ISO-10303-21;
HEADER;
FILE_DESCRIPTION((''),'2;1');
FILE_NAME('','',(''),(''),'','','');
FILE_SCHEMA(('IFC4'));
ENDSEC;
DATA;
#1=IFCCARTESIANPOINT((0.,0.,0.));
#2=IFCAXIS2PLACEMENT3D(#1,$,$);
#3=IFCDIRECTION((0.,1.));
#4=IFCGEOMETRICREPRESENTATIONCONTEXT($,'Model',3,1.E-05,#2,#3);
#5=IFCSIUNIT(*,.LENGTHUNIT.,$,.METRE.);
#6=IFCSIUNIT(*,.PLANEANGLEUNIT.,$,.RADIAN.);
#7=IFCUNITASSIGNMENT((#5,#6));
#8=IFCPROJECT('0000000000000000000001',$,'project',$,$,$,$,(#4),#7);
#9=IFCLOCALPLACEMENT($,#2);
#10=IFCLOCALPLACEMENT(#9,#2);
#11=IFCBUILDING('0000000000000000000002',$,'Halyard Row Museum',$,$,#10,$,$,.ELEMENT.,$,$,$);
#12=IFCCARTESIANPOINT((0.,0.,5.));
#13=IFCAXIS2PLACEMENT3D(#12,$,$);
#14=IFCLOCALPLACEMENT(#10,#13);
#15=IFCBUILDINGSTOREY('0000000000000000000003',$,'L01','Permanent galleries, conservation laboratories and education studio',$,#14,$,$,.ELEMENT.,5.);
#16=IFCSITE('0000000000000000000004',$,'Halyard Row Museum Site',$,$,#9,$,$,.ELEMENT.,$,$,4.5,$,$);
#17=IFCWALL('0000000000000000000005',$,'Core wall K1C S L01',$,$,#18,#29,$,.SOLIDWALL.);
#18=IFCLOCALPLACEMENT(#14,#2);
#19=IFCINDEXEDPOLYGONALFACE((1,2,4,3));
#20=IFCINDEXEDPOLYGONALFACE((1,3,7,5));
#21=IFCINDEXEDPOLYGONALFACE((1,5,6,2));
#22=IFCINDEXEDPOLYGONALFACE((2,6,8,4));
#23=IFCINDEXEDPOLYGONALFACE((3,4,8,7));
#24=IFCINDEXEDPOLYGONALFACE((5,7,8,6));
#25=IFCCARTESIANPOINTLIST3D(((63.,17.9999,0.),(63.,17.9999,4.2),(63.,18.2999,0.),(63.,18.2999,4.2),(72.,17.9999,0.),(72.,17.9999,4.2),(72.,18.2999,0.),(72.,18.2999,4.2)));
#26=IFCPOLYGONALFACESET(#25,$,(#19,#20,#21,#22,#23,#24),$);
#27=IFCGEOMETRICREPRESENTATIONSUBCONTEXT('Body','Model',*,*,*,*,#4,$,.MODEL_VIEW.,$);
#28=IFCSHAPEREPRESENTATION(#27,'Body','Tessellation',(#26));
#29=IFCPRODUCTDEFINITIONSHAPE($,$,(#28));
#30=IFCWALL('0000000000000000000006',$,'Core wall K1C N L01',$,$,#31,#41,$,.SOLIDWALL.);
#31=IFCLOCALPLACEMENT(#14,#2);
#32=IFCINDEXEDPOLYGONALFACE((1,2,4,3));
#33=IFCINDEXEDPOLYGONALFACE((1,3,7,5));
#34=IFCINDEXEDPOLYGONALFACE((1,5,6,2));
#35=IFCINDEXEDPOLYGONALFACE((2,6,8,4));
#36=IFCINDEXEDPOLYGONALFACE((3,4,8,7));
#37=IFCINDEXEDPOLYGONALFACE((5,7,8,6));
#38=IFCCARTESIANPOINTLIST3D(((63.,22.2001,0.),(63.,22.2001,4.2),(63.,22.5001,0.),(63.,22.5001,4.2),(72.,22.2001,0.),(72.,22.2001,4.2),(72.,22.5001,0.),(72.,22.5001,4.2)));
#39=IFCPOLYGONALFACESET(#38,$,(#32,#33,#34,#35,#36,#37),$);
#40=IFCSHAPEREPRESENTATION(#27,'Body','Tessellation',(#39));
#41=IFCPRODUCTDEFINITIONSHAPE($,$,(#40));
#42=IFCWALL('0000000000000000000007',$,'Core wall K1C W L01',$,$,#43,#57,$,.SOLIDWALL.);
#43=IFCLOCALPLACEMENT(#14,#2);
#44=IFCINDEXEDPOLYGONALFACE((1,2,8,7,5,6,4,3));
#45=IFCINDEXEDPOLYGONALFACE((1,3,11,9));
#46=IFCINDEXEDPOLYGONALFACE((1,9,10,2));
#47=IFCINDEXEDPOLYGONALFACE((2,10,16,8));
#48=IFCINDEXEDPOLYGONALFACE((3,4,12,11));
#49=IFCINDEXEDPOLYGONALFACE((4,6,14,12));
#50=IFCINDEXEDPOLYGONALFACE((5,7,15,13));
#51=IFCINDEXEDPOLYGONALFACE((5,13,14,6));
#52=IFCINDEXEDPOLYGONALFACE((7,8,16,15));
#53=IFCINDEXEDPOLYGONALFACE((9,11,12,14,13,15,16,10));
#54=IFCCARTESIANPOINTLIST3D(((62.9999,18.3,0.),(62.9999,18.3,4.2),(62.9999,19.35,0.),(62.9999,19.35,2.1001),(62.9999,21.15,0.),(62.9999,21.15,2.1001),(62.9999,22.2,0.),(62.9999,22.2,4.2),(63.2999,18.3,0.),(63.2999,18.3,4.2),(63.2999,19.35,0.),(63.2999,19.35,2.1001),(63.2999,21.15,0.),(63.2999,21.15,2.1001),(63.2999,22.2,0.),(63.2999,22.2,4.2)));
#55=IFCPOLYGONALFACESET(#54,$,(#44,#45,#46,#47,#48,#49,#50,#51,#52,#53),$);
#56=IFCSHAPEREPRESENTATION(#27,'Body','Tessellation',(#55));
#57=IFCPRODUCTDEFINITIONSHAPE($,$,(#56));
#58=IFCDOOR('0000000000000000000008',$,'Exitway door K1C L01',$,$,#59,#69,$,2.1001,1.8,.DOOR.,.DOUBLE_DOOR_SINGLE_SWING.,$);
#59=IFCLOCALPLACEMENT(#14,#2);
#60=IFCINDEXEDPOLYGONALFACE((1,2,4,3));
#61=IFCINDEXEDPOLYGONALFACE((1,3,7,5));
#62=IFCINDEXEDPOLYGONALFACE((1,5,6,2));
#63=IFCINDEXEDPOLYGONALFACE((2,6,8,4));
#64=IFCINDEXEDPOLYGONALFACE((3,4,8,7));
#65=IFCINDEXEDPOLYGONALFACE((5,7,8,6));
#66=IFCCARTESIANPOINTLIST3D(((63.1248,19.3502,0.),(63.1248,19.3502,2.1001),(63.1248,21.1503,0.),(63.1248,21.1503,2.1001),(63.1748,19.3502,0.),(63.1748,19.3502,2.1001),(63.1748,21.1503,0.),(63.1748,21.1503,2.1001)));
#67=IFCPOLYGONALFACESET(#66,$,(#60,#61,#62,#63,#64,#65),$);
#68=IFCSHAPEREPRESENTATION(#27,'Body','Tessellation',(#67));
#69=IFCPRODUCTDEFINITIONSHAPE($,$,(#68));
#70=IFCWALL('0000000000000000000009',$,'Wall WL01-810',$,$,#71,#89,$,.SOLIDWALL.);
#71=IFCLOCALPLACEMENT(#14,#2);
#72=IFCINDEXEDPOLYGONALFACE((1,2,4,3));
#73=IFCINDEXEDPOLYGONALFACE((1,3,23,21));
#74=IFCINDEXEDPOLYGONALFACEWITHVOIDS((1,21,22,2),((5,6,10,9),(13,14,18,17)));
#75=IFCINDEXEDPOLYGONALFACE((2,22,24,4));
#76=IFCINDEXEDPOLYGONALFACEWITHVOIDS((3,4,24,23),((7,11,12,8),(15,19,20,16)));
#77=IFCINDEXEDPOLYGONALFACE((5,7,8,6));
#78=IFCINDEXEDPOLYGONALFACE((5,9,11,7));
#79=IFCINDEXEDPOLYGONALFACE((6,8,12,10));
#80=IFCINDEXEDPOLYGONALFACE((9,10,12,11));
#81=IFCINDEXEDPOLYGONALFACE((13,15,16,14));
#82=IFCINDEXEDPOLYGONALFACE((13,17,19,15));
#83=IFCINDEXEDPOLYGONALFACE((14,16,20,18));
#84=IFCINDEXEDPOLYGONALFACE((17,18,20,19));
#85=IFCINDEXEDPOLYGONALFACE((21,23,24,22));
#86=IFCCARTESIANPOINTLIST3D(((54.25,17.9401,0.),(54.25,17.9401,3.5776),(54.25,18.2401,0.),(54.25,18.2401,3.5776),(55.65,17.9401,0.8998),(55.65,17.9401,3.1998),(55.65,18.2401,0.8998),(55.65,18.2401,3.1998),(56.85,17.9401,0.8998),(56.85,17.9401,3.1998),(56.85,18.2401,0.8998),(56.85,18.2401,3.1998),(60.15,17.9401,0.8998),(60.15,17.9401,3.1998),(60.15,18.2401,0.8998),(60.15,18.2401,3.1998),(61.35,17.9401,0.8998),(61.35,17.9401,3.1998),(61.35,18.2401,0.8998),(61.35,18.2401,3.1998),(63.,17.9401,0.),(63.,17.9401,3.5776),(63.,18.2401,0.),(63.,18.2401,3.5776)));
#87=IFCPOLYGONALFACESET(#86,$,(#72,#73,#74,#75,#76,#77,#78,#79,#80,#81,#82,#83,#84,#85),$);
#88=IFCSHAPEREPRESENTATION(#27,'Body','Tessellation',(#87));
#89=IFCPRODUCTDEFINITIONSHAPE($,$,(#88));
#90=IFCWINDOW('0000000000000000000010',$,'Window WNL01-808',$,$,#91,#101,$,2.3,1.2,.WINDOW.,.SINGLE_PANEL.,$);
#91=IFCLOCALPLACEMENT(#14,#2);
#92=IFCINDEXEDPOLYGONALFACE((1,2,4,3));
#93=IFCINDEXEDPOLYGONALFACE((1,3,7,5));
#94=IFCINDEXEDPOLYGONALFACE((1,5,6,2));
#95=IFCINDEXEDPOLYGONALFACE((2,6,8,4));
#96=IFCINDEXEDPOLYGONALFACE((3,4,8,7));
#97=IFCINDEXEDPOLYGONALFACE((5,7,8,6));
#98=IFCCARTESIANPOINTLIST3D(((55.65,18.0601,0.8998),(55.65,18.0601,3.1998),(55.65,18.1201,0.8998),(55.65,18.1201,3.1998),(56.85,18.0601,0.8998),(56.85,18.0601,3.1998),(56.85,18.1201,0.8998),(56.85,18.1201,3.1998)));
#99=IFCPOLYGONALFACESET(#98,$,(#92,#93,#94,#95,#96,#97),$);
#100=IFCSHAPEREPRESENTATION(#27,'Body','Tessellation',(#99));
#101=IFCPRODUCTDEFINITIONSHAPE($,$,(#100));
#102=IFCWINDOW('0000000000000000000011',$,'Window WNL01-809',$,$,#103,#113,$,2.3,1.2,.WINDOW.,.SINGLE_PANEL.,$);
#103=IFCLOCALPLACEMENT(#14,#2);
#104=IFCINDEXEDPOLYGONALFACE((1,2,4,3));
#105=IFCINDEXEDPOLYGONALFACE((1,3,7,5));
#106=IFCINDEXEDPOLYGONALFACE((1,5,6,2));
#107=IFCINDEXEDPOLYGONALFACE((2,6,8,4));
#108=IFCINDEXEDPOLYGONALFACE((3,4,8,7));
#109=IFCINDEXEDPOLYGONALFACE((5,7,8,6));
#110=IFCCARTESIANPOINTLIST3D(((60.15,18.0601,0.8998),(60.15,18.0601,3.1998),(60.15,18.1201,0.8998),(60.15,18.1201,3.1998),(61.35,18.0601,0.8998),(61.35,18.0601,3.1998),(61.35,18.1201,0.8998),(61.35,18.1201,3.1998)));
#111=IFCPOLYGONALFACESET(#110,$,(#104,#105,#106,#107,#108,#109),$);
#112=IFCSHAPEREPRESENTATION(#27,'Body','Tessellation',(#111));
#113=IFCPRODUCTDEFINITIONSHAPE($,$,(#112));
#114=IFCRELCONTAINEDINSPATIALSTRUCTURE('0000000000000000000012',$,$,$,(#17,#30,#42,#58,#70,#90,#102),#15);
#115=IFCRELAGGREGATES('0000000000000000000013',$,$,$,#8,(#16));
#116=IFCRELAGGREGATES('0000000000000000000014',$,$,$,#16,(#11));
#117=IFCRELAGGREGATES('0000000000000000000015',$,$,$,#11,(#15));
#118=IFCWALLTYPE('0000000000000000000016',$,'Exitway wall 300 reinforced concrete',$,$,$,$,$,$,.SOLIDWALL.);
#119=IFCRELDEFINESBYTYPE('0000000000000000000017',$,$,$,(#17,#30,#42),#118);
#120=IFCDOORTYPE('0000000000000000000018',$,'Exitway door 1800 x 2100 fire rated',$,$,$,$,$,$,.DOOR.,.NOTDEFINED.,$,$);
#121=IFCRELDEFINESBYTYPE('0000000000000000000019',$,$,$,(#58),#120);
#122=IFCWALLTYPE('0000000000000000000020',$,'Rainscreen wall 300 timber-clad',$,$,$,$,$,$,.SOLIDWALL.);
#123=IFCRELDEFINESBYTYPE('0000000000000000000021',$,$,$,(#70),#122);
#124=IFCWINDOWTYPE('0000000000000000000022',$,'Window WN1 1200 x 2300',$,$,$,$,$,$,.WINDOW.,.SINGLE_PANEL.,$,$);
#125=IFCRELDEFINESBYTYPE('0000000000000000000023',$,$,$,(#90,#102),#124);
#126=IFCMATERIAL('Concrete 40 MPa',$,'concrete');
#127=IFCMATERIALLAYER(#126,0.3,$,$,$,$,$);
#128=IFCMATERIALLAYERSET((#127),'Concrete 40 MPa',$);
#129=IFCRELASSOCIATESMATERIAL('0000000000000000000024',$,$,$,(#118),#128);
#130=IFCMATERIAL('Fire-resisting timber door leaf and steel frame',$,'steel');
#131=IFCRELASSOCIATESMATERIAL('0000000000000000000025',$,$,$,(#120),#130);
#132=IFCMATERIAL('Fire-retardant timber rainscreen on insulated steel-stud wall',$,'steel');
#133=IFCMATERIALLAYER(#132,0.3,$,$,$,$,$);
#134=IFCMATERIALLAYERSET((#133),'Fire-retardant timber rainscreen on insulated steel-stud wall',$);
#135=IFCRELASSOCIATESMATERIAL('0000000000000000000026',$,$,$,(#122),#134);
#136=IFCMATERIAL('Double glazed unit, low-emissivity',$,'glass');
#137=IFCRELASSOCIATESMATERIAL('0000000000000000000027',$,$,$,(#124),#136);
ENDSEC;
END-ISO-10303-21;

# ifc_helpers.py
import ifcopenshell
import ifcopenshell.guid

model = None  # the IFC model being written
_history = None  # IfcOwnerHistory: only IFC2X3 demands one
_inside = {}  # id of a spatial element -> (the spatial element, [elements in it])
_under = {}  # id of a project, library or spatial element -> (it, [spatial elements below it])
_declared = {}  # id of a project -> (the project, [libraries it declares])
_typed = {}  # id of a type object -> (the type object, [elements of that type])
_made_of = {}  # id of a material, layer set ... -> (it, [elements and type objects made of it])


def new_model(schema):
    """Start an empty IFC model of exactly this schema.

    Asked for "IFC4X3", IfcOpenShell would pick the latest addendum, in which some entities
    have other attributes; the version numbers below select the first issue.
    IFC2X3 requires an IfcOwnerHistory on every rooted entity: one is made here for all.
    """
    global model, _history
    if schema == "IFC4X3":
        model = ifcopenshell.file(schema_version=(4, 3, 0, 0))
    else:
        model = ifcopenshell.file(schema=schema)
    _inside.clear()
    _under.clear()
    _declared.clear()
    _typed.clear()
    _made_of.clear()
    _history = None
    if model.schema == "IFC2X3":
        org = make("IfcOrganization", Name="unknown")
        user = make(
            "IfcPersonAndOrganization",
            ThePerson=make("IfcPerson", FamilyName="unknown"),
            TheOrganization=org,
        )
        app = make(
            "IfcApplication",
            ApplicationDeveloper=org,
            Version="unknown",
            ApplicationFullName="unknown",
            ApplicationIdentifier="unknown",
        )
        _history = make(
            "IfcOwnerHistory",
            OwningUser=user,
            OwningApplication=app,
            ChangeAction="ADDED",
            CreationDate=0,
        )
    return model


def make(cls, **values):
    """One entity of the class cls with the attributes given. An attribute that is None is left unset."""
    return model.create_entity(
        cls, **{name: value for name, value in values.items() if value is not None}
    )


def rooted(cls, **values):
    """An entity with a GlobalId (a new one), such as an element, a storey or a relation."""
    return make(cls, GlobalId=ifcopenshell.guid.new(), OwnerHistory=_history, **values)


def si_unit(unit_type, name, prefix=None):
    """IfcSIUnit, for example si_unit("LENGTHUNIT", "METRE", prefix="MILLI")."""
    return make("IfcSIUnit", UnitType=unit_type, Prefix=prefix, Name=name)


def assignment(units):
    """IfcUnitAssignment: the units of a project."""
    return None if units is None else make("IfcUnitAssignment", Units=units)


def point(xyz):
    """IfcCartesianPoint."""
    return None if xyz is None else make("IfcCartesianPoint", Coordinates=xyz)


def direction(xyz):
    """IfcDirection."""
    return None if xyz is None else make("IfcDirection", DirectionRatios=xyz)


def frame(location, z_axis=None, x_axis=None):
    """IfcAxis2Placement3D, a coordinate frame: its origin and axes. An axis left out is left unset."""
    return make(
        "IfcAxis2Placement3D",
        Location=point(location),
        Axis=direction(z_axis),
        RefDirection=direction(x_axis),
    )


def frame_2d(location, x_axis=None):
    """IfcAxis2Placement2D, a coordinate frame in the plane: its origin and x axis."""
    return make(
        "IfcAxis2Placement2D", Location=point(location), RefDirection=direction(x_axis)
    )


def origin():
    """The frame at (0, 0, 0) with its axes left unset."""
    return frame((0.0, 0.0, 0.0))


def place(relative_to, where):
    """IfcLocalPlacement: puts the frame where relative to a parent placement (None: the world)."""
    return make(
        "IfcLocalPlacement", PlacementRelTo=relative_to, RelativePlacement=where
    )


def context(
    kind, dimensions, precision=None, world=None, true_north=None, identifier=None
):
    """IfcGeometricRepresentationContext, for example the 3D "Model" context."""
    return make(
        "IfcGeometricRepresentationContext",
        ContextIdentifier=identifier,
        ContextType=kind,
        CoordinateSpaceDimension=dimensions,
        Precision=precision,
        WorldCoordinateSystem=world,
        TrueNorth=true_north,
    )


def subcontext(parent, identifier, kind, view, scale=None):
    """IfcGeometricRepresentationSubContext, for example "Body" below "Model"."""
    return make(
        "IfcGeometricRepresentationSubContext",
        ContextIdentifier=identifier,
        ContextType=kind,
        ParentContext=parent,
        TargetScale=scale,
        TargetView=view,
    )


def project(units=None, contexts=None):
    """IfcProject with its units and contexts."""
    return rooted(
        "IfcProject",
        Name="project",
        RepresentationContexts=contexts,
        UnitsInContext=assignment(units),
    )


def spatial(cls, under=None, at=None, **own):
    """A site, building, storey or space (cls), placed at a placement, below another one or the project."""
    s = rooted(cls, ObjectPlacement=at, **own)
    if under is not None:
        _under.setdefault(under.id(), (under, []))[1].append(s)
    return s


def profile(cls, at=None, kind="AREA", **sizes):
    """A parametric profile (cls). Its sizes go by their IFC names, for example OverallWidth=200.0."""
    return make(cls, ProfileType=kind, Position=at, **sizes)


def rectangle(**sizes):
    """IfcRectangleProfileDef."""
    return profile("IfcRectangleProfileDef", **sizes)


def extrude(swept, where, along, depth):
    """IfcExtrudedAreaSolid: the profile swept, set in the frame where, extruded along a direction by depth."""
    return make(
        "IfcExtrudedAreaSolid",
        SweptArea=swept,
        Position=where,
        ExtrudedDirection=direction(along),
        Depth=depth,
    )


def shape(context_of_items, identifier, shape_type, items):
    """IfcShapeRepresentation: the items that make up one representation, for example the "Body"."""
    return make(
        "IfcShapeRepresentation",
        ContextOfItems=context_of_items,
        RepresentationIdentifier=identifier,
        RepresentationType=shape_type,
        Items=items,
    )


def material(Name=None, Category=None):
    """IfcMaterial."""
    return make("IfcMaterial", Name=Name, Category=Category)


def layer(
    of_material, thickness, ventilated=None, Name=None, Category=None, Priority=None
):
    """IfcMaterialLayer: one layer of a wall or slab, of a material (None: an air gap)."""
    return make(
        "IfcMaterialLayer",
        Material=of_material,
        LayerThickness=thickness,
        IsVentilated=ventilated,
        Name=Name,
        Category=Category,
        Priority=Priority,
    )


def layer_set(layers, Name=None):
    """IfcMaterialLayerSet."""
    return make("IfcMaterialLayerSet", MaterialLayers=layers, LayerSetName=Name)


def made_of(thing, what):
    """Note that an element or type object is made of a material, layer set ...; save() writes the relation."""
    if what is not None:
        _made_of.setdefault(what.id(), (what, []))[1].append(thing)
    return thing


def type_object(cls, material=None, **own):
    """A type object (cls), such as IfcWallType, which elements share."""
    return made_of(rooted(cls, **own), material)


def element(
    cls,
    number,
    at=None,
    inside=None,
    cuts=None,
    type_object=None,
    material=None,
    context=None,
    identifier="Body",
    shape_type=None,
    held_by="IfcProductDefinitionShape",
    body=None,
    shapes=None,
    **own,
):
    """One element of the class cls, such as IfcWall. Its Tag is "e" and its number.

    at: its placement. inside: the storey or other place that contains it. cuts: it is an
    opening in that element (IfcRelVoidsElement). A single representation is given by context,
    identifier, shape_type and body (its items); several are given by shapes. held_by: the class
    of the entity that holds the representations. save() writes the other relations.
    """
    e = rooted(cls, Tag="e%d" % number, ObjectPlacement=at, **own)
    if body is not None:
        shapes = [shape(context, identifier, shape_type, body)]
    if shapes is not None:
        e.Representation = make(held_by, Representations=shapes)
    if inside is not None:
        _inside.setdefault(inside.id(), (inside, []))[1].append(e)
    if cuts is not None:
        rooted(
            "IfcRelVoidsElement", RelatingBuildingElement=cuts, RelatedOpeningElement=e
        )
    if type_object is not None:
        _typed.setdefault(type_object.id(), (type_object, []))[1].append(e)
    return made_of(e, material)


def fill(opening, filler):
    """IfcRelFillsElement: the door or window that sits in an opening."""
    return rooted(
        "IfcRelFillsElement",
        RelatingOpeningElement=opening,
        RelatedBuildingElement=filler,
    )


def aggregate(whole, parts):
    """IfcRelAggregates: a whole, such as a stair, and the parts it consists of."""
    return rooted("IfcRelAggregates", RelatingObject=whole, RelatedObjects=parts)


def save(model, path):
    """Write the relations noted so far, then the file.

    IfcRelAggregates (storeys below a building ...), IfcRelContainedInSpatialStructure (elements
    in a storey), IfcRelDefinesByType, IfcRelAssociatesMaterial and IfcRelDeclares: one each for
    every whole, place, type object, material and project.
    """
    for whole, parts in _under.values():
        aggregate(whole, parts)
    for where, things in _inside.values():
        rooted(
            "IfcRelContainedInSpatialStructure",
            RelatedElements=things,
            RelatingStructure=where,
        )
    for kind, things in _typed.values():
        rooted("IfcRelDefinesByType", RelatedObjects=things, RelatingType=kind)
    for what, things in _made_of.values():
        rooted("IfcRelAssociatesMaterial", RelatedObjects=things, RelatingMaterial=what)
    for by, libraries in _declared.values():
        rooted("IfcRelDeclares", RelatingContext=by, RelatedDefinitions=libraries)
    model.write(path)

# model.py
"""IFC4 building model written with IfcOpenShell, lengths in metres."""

from ifc_helpers import new_model, si_unit, direction, frame, frame_2d, origin, place, context, subcontext, project, spatial, rectangle, extrude, material, layer, layer_set, type_object, element, fill, save


model = new_model("IFC4")

# Units and contexts
model_context = context("Model", 3, precision=1e-05, world=origin(), true_north=direction((0.0, 1.0)))
body_context = subcontext(model_context, "Body", "Model", "MODEL_VIEW")
ifc_project = project(units=[si_unit("LENGTHUNIT", "METRE"), si_unit("PLANEANGLEUNIT", "RADIAN")], contexts=[model_context])

# Site, building, storey
site_placement = place(None, origin())
site = spatial("IfcSite", under=ifc_project, at=site_placement, Name="Halyard Row Museum Site", CompositionType="ELEMENT", RefElevation=4.5)
building_placement = place(site_placement, origin())
building = spatial("IfcBuilding", under=site, at=building_placement, Name="Halyard Row Museum", CompositionType="ELEMENT")
storey_placement = place(building_placement, frame((0.0, 0.0, 5.0)))
storey = spatial("IfcBuildingStorey", under=building, at=storey_placement, Name="L01", Description="Permanent galleries, conservation laboratories and education studio", CompositionType="ELEMENT", Elevation=5.0)

# Walls
ifc_material_1 = material(Name="Concrete 40 MPa", Category="concrete")
ifc_layer_1 = layer(ifc_material_1, 0.3)
ifc_layer_set_1 = layer_set([ifc_layer_1], Name="Concrete 40 MPa")
wall_type_1 = type_object("IfcWallType", Name="Exitway wall 300 reinforced concrete", PredefinedType="SOLIDWALL", material=ifc_layer_set_1)
for number, where, z_axis, x_axis, name in (
    (1, (63.0, 18.1499, 0.0), (0.0, 0.0, 1.0), (1.0, 0.0, 0.0), "Core wall K1C S L01"),
    (2, (63.0, 22.3501, 0.0), (0.0, 0.0, 1.0), (1.0, 0.0, 0.0), "Core wall K1C N L01"),
):
    element("IfcWall", number, at=place(storey_placement, frame(where, z_axis=z_axis, x_axis=x_axis)), inside=storey, type_object=wall_type_1, Name=name, PredefinedType="SOLIDWALL", context=body_context, shape_type="SweptSolid", body=[
        extrude(rectangle(XDim=9.0, YDim=0.3, at=frame_2d((4.5, 0.0))), origin(), (0.0, 0.0, 1.0), 4.2),
    ])

# Wall, opening, door
wall_1_placement = place(storey_placement, frame((63.1499, 18.3, 0.0), z_axis=(0.0, 0.0, 1.0), x_axis=(0.0, 1.0, 0.0)))
wall_1 = element("IfcWall", 3, at=wall_1_placement, inside=storey, type_object=wall_type_1, Name="Core wall K1C W L01", PredefinedType="SOLIDWALL", context=body_context, shape_type="SweptSolid", body=[
    extrude(rectangle(XDim=3.8999, YDim=0.3, at=frame_2d((1.95, 0.0))), origin(), (0.0, 0.0, 1.0), 4.2),
])
opening_1_placement = place(wall_1_placement, frame((1.05, 0.0, 0.0)))
opening_1 = element("IfcOpeningElement", 4, at=opening_1_placement, cuts=wall_1, PredefinedType="OPENING", context=body_context, shape_type="SweptSolid", body=[
    extrude(rectangle(XDim=1.8, YDim=2.1001, at=frame_2d((0.8999, 1.05))), frame((0.0, 0.1599, 0.0), z_axis=(0.0, -1.0, 0.0), x_axis=(1.0, 0.0, 0.0)), (0.0, 0.0, 1.0), 0.3201),
])
ifc_material_2 = material(Name="Fire-resisting timber door leaf and steel frame", Category="steel")
door_type = type_object("IfcDoorType", Name="Exitway door 1800 x 2100 fire rated", OperationType="NOTDEFINED", PredefinedType="DOOR", material=ifc_material_2)
door_placement = place(opening_1_placement, frame((1.8, 0.0, 0.0), z_axis=(0.0, 0.0, 1.0), x_axis=(-1.0, 0.0, 0.0)))
door = element("IfcDoor", 5, at=door_placement, inside=storey, type_object=door_type, Name="Exitway door K1C L01", OperationType="DOUBLE_DOOR_SINGLE_SWING", OverallHeight=2.1001, OverallWidth=1.8, PredefinedType="DOOR", context=body_context, shape_type="SweptSolid", body=[
    extrude(rectangle(XDim=1.8, YDim=2.1001, at=frame_2d((0.8999, 1.05))), frame((0.0, 0.0249, 0.0), z_axis=(0.0, -1.0, 0.0), x_axis=(1.0, 0.0, 0.0)), (0.0, 0.0, 1.0), 0.05),
])
fill(opening_1, door)

# Wall, openings, windows
ifc_material_3 = material(Name="Fire-retardant timber rainscreen on insulated steel-stud wall", Category="steel")
ifc_layer_2 = layer(ifc_material_3, 0.3)
ifc_layer_set_2 = layer_set([ifc_layer_2], Name="Fire-retardant timber rainscreen on insulated steel-stud wall")
wall_type_2 = type_object("IfcWallType", Name="Rainscreen wall 300 timber-clad", PredefinedType="SOLIDWALL", material=ifc_layer_set_2)
wall_2_placement = place(storey_placement, frame((54.25, 18.0901, 0.0), z_axis=(0.0, 0.0, 1.0), x_axis=(1.0, 0.0, 0.0)))
wall_2 = element("IfcWall", 6, at=wall_2_placement, inside=storey, type_object=wall_type_2, Name="Wall WL01-810", PredefinedType="SOLIDWALL", context=body_context, shape_type="SweptSolid", body=[
    extrude(rectangle(XDim=8.75, YDim=0.3, at=frame_2d((4.375, 0.0))), origin(), (0.0, 0.0, 1.0), 3.5776),
])
opening_2_placement = place(wall_2_placement, frame((1.3999, 0.0, 0.8999)))
opening_2 = element("IfcOpeningElement", 7, at=opening_2_placement, cuts=wall_2, PredefinedType="OPENING", context=body_context, shape_type="SweptSolid", body=[
    extrude(rectangle(XDim=1.2, YDim=2.3, at=frame_2d((0.6001, 1.1499))), frame((0.0, 0.1599, 0.0), z_axis=(0.0, -1.0, 0.0), x_axis=(1.0, 0.0, 0.0)), (0.0, 0.0, 1.0), 0.3201),
])
opening_3_placement = place(wall_2_placement, frame((5.8999, 0.0, 0.8999)))
opening_3 = element("IfcOpeningElement", 8, at=opening_3_placement, cuts=wall_2, PredefinedType="OPENING", context=body_context, shape_type="SweptSolid", body=[
    extrude(rectangle(XDim=1.2, YDim=2.3, at=frame_2d((0.6001, 1.1499))), frame((0.0, 0.1599, 0.0), z_axis=(0.0, -1.0, 0.0), x_axis=(1.0, 0.0, 0.0)), (0.0, 0.0, 1.0), 0.3201),
])
ifc_material_4 = material(Name="Double glazed unit, low-emissivity", Category="glass")
window_type = type_object("IfcWindowType", Name="Window WN1 1200 x 2300", PartitioningType="SINGLE_PANEL", PredefinedType="WINDOW", material=ifc_material_4)
window_1_placement = place(opening_2_placement, origin())
window_1 = element("IfcWindow", 9, at=window_1_placement, inside=storey, type_object=window_type, Name="Window WNL01-808", OverallHeight=2.3, OverallWidth=1.2, PartitioningType="SINGLE_PANEL", PredefinedType="WINDOW", context=body_context, shape_type="SweptSolid", body=[
    extrude(rectangle(XDim=1.2, YDim=2.3, at=frame_2d((0.6001, 1.1499))), frame((0.0, 0.03, 0.0), z_axis=(0.0, -1.0, 0.0), x_axis=(1.0, 0.0, 0.0)), (0.0, 0.0, 1.0), 0.0601),
])
fill(opening_2, window_1)
window_2_placement = place(opening_3_placement, origin())
window_2 = element("IfcWindow", 10, at=window_2_placement, inside=storey, type_object=window_type, Name="Window WNL01-809", OverallHeight=2.3, OverallWidth=1.2, PartitioningType="SINGLE_PANEL", PredefinedType="WINDOW", context=body_context, shape_type="SweptSolid", body=[
    extrude(rectangle(XDim=1.2, YDim=2.3, at=frame_2d((0.6001, 1.1499))), frame((0.0, 0.03, 0.0), z_axis=(0.0, -1.0, 0.0), x_axis=(1.0, 0.0, 0.0)), (0.0, 0.0, 1.0), 0.0601),
])
fill(opening_3, window_2)

save(model, "model.ifc")
